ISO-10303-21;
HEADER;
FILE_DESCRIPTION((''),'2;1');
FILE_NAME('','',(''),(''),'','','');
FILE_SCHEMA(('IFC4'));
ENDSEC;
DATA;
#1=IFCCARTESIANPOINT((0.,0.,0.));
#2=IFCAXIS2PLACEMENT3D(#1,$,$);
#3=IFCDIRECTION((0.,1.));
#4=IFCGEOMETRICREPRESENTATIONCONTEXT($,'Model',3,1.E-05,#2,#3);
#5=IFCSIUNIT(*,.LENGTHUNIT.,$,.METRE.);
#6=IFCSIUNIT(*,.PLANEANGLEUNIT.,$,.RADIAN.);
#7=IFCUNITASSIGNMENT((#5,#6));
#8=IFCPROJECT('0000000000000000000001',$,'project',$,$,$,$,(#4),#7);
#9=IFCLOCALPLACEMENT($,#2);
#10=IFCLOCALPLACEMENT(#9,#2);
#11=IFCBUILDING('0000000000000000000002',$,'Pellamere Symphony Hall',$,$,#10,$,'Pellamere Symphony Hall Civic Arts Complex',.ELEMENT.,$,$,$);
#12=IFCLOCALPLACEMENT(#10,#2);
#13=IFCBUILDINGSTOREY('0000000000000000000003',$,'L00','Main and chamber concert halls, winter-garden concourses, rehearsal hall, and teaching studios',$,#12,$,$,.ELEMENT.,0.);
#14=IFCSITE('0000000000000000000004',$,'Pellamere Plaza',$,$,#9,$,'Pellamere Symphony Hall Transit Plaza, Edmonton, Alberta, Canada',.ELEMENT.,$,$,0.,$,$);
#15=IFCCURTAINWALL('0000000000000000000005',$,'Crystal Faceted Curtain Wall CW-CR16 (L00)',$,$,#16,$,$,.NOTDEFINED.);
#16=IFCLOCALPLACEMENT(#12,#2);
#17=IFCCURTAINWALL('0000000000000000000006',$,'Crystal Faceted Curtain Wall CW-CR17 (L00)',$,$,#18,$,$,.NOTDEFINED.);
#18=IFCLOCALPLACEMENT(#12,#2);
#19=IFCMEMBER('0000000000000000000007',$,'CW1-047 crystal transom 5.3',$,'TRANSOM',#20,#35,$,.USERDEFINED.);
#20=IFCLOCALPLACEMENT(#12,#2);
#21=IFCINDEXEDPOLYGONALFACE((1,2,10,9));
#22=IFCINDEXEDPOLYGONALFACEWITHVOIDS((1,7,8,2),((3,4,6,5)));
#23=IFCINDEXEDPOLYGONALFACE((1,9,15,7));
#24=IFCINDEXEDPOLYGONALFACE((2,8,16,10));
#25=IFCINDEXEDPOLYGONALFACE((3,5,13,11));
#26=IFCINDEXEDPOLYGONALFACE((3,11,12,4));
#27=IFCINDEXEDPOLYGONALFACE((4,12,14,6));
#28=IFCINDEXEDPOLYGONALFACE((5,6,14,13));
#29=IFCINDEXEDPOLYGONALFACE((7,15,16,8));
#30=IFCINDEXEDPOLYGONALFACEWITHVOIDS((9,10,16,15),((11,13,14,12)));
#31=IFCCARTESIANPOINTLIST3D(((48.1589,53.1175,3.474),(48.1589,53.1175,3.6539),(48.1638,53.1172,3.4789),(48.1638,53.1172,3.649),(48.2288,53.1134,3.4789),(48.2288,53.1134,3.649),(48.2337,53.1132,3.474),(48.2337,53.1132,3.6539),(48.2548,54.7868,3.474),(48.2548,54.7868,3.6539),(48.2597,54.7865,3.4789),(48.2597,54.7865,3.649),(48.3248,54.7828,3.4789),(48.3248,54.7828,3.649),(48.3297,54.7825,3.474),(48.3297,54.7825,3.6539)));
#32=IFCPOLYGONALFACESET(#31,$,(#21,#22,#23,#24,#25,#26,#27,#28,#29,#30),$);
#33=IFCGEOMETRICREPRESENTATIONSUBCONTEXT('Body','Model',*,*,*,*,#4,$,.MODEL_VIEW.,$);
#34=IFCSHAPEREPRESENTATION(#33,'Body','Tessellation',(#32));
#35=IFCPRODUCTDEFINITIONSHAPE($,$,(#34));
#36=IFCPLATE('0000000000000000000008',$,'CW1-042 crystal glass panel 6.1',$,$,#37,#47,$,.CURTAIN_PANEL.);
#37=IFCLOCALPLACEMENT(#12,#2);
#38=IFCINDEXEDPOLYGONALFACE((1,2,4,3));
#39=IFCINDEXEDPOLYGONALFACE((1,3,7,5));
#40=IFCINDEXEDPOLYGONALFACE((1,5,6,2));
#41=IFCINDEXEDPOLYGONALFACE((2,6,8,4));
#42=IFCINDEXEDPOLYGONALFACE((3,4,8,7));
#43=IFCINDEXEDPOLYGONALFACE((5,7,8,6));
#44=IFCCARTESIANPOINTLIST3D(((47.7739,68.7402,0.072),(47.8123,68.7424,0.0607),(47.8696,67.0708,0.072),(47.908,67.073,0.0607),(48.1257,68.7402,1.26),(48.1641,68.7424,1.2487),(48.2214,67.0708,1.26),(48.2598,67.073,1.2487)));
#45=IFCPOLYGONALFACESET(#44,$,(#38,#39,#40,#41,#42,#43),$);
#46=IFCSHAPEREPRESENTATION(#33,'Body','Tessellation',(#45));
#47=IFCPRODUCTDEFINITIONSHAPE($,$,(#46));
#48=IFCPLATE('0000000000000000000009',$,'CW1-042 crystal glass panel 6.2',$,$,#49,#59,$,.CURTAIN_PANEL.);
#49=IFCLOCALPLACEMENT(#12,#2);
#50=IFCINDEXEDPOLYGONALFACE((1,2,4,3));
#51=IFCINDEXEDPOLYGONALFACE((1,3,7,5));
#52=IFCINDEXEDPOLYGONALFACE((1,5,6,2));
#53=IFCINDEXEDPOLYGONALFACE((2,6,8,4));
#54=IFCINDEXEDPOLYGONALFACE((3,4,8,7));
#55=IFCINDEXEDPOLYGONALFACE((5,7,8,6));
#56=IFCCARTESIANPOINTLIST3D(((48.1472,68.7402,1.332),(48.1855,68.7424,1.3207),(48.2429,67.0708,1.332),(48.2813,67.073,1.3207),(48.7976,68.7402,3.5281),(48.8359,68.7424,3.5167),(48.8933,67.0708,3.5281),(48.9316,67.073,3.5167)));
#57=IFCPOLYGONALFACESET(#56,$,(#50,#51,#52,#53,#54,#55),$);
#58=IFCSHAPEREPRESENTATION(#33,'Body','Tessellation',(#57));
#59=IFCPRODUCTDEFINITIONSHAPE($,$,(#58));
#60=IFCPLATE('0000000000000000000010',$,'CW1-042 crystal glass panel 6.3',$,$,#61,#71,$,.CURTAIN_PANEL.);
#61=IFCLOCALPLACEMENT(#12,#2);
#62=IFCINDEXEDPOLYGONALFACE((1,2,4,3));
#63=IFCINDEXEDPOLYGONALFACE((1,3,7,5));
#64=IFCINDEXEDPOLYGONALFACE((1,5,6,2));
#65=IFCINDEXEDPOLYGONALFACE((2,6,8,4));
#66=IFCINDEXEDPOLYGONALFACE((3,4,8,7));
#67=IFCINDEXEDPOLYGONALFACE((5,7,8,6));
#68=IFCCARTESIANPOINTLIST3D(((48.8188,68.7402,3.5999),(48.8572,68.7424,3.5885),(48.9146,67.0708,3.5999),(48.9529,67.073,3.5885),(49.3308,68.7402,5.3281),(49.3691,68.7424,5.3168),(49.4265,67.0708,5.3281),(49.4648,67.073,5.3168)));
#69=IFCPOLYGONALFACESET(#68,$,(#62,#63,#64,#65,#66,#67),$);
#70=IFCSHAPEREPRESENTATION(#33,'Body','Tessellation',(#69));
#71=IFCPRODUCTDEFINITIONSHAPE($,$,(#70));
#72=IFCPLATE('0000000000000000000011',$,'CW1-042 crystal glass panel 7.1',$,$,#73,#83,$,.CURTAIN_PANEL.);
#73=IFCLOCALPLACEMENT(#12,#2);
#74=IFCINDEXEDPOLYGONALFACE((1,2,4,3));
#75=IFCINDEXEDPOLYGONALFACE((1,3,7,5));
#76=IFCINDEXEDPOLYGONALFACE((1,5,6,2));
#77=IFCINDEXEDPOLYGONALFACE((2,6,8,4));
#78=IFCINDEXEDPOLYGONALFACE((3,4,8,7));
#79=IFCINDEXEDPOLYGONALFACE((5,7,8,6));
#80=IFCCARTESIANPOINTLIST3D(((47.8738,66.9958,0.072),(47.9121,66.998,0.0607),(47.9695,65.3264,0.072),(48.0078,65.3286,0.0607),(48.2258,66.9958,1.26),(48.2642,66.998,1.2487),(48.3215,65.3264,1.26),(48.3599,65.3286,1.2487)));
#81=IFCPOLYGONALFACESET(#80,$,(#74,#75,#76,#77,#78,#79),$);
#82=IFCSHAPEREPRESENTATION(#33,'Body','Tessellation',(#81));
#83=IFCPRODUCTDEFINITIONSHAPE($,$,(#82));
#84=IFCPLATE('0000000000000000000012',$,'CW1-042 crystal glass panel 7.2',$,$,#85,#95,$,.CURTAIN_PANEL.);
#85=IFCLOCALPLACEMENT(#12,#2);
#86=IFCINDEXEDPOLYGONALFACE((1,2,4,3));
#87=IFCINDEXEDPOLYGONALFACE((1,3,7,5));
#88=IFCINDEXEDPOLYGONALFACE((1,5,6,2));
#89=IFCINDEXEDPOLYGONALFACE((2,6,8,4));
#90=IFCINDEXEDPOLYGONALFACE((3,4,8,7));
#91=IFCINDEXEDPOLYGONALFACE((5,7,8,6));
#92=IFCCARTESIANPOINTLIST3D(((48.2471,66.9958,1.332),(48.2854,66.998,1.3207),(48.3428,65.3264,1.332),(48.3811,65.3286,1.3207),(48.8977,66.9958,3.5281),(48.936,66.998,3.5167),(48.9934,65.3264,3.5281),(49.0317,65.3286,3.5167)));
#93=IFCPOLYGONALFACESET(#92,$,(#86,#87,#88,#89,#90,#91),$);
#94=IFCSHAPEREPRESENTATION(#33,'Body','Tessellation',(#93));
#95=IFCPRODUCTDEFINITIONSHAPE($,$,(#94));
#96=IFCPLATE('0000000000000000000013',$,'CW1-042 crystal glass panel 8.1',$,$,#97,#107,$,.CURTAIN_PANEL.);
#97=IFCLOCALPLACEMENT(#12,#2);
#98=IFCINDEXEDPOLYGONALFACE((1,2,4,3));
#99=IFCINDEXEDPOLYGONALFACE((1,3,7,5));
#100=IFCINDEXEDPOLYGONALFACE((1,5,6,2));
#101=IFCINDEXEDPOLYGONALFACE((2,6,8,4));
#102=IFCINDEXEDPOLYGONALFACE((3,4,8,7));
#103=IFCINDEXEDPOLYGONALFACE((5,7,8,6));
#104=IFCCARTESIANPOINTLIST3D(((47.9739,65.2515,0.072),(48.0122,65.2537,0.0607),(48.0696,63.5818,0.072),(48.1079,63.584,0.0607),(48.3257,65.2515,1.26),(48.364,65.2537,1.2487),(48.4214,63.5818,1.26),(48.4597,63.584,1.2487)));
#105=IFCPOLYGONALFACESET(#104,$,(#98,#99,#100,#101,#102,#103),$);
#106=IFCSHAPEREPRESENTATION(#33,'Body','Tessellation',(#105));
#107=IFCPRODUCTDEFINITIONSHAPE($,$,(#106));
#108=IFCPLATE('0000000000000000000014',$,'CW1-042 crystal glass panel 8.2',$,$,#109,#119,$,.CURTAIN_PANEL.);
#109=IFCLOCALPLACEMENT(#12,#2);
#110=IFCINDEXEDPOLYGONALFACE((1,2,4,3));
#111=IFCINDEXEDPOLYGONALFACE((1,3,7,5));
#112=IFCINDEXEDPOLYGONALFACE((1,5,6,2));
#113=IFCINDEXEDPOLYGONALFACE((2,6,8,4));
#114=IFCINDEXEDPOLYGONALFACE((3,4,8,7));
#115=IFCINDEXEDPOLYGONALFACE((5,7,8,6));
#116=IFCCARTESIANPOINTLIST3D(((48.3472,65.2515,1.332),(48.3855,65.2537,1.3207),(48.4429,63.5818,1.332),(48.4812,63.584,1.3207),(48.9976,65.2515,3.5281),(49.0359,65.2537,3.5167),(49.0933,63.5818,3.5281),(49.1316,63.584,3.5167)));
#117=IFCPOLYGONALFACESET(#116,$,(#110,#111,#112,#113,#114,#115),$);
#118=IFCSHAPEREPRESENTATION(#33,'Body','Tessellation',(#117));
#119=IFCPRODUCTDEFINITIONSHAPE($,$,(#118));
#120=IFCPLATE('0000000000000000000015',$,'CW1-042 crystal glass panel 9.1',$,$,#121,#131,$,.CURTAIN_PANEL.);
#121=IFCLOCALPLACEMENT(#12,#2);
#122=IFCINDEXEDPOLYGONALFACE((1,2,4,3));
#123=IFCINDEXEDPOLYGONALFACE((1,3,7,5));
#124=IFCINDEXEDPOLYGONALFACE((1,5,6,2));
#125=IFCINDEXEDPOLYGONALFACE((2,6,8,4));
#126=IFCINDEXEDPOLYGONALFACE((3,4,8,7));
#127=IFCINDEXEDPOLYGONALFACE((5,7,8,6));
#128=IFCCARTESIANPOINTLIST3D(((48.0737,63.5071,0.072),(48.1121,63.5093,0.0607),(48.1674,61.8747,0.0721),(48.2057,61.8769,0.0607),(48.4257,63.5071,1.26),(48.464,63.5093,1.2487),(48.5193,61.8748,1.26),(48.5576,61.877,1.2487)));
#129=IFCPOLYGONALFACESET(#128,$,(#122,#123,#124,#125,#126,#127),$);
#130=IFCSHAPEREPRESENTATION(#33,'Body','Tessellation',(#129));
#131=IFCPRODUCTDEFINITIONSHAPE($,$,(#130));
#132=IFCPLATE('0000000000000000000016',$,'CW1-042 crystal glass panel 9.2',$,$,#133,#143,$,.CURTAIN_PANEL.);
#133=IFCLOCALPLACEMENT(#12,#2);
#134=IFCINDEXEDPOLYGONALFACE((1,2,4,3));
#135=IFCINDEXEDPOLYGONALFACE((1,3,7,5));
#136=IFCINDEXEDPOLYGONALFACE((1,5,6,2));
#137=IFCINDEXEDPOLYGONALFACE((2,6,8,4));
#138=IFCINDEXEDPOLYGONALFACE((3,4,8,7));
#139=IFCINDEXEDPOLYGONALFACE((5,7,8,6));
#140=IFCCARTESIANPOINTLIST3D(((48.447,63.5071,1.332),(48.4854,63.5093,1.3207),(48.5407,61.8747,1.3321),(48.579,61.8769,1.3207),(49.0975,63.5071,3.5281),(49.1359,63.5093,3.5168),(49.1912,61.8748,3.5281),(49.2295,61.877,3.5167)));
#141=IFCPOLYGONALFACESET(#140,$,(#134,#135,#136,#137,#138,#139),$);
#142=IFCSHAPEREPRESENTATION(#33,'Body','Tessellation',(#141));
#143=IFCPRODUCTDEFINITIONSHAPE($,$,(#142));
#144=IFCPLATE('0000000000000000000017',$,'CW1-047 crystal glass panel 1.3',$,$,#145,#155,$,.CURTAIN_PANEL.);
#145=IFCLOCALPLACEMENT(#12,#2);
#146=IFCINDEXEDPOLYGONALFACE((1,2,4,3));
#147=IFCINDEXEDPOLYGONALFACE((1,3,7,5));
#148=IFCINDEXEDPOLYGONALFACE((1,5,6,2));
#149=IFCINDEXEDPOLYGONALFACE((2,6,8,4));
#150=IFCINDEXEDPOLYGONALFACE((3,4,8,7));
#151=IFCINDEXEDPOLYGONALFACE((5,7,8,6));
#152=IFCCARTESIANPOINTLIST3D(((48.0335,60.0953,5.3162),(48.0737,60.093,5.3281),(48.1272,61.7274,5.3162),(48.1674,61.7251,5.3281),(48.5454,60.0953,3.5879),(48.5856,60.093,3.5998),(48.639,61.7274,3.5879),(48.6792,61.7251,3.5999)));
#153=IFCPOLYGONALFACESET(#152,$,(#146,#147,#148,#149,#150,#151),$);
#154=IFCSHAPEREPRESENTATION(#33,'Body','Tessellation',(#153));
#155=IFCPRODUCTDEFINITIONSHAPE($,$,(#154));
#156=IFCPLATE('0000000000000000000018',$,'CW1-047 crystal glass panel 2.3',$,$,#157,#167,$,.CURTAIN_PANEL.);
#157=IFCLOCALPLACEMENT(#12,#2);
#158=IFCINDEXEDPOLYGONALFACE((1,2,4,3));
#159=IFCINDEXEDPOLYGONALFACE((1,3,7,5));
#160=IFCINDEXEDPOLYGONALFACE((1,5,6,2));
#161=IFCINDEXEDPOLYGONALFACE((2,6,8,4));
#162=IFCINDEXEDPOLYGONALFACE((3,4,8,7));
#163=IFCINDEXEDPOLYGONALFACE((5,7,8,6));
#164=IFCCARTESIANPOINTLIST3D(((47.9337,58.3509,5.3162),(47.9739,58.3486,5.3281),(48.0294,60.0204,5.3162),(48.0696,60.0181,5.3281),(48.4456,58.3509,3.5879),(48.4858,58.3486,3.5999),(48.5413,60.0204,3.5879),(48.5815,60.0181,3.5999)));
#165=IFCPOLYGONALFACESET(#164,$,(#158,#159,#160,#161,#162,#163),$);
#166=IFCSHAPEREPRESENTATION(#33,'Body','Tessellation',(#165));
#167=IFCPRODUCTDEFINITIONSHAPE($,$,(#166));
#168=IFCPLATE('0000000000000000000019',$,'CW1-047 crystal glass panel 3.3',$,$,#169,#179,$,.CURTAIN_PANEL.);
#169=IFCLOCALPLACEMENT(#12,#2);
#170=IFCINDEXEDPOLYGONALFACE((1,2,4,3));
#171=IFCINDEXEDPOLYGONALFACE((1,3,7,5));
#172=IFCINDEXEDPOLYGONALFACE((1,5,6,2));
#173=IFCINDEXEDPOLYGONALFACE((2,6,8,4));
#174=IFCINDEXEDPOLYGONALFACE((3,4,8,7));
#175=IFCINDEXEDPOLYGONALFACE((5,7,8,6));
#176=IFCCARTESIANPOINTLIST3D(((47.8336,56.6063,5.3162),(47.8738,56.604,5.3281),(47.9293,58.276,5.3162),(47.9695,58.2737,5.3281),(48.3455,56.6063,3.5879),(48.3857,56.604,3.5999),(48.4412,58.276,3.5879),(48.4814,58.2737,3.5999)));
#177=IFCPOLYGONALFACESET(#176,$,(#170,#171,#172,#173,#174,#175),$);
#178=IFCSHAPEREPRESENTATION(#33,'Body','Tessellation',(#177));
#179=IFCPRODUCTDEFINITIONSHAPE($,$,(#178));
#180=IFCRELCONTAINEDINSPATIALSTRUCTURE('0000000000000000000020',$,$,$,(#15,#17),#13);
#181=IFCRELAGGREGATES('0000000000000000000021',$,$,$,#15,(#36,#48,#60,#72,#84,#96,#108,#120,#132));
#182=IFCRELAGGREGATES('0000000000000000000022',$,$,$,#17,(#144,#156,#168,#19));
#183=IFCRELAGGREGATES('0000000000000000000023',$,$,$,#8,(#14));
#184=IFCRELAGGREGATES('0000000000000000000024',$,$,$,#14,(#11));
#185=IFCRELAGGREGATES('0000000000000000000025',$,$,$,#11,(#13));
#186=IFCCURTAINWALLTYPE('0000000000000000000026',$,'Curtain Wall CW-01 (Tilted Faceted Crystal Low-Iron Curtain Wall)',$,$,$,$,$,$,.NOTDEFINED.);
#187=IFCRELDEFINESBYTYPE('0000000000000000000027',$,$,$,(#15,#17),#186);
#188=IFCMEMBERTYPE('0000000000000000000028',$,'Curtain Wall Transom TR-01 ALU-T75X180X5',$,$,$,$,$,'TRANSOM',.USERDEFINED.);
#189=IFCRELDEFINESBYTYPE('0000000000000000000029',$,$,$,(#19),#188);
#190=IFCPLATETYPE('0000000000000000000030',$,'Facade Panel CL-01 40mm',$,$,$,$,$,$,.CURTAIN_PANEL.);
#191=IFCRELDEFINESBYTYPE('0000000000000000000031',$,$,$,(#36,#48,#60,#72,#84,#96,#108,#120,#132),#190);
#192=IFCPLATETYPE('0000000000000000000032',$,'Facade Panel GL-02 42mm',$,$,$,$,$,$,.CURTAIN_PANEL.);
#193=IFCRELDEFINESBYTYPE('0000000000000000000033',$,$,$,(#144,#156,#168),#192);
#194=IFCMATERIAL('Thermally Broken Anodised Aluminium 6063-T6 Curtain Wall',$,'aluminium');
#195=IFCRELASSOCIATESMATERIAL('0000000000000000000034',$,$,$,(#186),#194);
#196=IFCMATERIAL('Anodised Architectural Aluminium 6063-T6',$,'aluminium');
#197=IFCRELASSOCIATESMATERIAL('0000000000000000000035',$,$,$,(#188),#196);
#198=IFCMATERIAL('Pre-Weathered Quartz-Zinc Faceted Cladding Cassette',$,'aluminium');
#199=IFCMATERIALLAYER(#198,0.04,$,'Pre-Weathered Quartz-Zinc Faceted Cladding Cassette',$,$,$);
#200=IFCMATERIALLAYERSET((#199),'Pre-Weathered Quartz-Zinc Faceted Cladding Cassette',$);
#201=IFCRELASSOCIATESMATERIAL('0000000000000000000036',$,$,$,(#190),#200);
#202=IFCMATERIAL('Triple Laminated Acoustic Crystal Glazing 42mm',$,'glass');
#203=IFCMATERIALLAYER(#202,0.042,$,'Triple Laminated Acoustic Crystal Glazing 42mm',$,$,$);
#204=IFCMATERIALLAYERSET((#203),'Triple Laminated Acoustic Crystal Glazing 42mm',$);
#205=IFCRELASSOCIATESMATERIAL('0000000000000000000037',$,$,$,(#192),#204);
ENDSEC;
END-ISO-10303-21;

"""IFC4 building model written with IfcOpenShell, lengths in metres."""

from ifc_helpers import new_model, si_unit, direction, frame, origin, origin_2d, place, context, subcontext, project, spatial, polyline, hollow_rectangle, outline, extrude, material, layer, layer_set, material_profile, profile_set, type_object, element, aggregate, save


model = new_model("IFC4")

# Units and contexts
model_context = context("Model", 3, precision=1e-05, world=origin(), true_north=direction((0.0, 1.0)))
body_context = subcontext(model_context, "Body", "Model", "MODEL_VIEW")
ifc_project = project(units=[si_unit("LENGTHUNIT", "METRE"), si_unit("PLANEANGLEUNIT", "RADIAN")], contexts=[model_context])

# Site, building, storey
site_placement = place(None, origin())
site = spatial("IfcSite", under=ifc_project, at=site_placement, Name="Pellamere Plaza", LongName="Pellamere Symphony Hall Transit Plaza, Edmonton, Alberta, Canada", CompositionType="ELEMENT", RefElevation=0.0)
building_placement = place(site_placement, origin())
building = spatial("IfcBuilding", under=site, at=building_placement, Name="Pellamere Symphony Hall", LongName="Pellamere Symphony Hall Civic Arts Complex", CompositionType="ELEMENT")
storey_placement = place(building_placement, origin())
storey = spatial("IfcBuildingStorey", under=building, at=storey_placement, Name="L00", Description="Main and chamber concert halls, winter-garden concourses, rehearsal hall, and teaching studios", CompositionType="ELEMENT", Elevation=0.0)

# Curtain walls, member
ifc_material_1 = material(Name="Thermally Broken Anodised Aluminium 6063-T6 Curtain Wall", Category="aluminium")
curtain_wall_type = type_object("IfcCurtainWallType", Name="Curtain Wall CW-01 (Tilted Faceted Crystal Low-Iron Curtain Wall)", PredefinedType="NOTDEFINED", material=ifc_material_1)
curtain_wall_1_placement = place(storey_placement, origin())
curtain_wall_1 = element("IfcCurtainWall", 1, at=curtain_wall_1_placement, inside=storey, type_object=curtain_wall_type, Name="Crystal Faceted Curtain Wall CW-CR16 (L00)", PredefinedType="NOTDEFINED")
ifc_material_2 = material(Name="Anodised Architectural Aluminium 6063-T6", Category="aluminium")
ifc_material_profile_1 = material_profile(ifc_material_2, hollow_rectangle(XDim=0.075, YDim=0.1799, WallThickness=0.0049, at=origin_2d()), Name="ALU-T75X180X5")
ifc_profile_set_1 = profile_set([ifc_material_profile_1], Name="Anodised Architectural Aluminium 6063-T6")
member_type_1 = type_object("IfcMemberType", Name="Curtain Wall Transom TR-01 ALU-T75X180X5", ElementType="TRANSOM", PredefinedType="USERDEFINED", material=ifc_profile_set_1)
curtain_wall_2_placement = place(storey_placement, origin())
curtain_wall_2 = element("IfcCurtainWall", 2, at=curtain_wall_2_placement, inside=storey, type_object=curtain_wall_type, Name="Crystal Faceted Curtain Wall CW-CR17 (L00)", PredefinedType="NOTDEFINED")
member_1_placement = place(storey_placement, frame((48.2922, 54.7847, 3.564), z_axis=(-0.057378, -0.998353, 0.0), x_axis=(0.998353, -0.057378, 0.0)))
member_1 = element("IfcMember", 3, at=member_1_placement, type_object=member_type_1, Name="CW1-047 crystal transom 5.3", ObjectType="TRANSOM", PredefinedType="USERDEFINED", context=body_context, shape_type="SweptSolid", body=[
    extrude(hollow_rectangle(XDim=0.075, YDim=0.1799, WallThickness=0.0049, at=origin_2d()), origin(), (0.0, 0.0, 1.0), 1.6721),
])

# Plates
ifc_material_3 = material(Name="Pre-Weathered Quartz-Zinc Faceted Cladding Cassette", Category="aluminium")
ifc_layer_1 = layer(ifc_material_3, 0.04, Name="Pre-Weathered Quartz-Zinc Faceted Cladding Cassette")
ifc_layer_set_1 = layer_set([ifc_layer_1], Name="Pre-Weathered Quartz-Zinc Faceted Cladding Cassette")
plate_type_1 = type_object("IfcPlateType", Name="Facade Panel CL-01 40mm", PredefinedType="CURTAIN_PANEL", material=ifc_layer_set_1)
plate_1_placement = place(storey_placement, frame((47.7739, 68.7402, 0.072), z_axis=(-0.957395, -0.054884, 0.283519), x_axis=(0.057233, -0.998361, 0.0)))
plate_1 = element("IfcPlate", 4, at=plate_1_placement, type_object=plate_type_1, Name="CW1-042 crystal glass panel 6.1", PredefinedType="CURTAIN_PANEL", context=body_context, shape_type="SweptSolid", body=[
    extrude(outline(polyline([(0.0, 0.0), (1.6722, 0.0), (1.6923, 1.2388), (0.0201, 1.2388), (0.0, 0.0)])), origin(), (0.0, 0.0, -1.0), 0.04),
])
plate_2_placement = place(storey_placement, frame((48.1472, 68.7402, 1.332), z_axis=(-0.957387, -0.054884, 0.283544), x_axis=(0.057233, -0.998361, 0.0)))
plate_2 = element("IfcPlate", 5, at=plate_2_placement, type_object=plate_type_1, Name="CW1-042 crystal glass panel 6.2", PredefinedType="CURTAIN_PANEL", context=body_context, shape_type="SweptSolid", body=[
    extrude(outline(polyline([(0.0, 0.0), (1.6722, 0.0), (1.7094, 2.29), (0.0372, 2.29), (0.0, 0.0)])), origin(), (0.0, 0.0, -1.0), 0.04),
])
plate_3_placement = place(storey_placement, frame((48.8188, 68.7402, 3.5999), z_axis=(-0.957371, -0.054883, 0.2836), x_axis=(0.057233, -0.998361, 0.0)))
plate_3 = element("IfcPlate", 6, at=plate_3_placement, type_object=plate_type_1, Name="CW1-042 crystal glass panel 6.3", PredefinedType="CURTAIN_PANEL", context=body_context, shape_type="SweptSolid", body=[
    extrude(outline(polyline([(0.0, 0.0), (1.6722, 0.0), (1.7015, 1.8023), (0.0293, 1.8023), (0.0, 0.0)])), origin(), (0.0, 0.0, -1.0), 0.04),
])
plate_4_placement = place(storey_placement, frame((47.8738, 66.9958, 0.072), z_axis=(-0.957341, -0.054881, 0.2837), x_axis=(0.057233, -0.998361, 0.0)))
plate_4 = element("IfcPlate", 7, at=plate_4_placement, type_object=plate_type_1, Name="CW1-042 crystal glass panel 7.1", PredefinedType="CURTAIN_PANEL", context=body_context, shape_type="SweptSolid", body=[
    extrude(outline(polyline([(0.0, 0.0), (1.6722, 0.0), (1.6923, 1.2389), (0.0201, 1.2389), (0.0, 0.0)])), origin(), (0.0, 0.0, -1.0), 0.04),
])
plate_5_placement = place(storey_placement, frame((48.2471, 66.9958, 1.332), z_axis=(-0.957358, -0.054882, 0.283642), x_axis=(0.057233, -0.998361, 0.0)))
plate_5 = element("IfcPlate", 8, at=plate_5_placement, type_object=plate_type_1, Name="CW1-042 crystal glass panel 7.2", PredefinedType="CURTAIN_PANEL", context=body_context, shape_type="SweptSolid", body=[
    extrude(outline(polyline([(0.0, 0.0), (1.6722, 0.0), (1.7094, 2.2901), (0.0372, 2.2901), (0.0, 0.0)])), origin(), (0.0, 0.0, -1.0), 0.04),
])
plate_6_placement = place(storey_placement, frame((47.9739, 65.2515, 0.072), z_axis=(-0.957395, -0.054876, 0.28352), x_axis=(0.057224, -0.998361, 0.0)))
plate_6 = element("IfcPlate", 9, at=plate_6_placement, type_object=plate_type_1, Name="CW1-042 crystal glass panel 8.1", PredefinedType="CURTAIN_PANEL", context=body_context, shape_type="SweptSolid", body=[
    extrude(outline(polyline([(0.0, 0.0), (1.6724, 0.0), (1.6926, 1.2388), (0.0201, 1.2388), (0.0, 0.0)])), origin(), (0.0, 0.0, -1.0), 0.04),
])
plate_7_placement = place(storey_placement, frame((48.3472, 65.2515, 1.332), z_axis=(-0.957388, -0.054876, 0.283544), x_axis=(0.057224, -0.998361, 0.0)))
plate_7 = element("IfcPlate", 10, at=plate_7_placement, type_object=plate_type_1, Name="CW1-042 crystal glass panel 8.2", PredefinedType="CURTAIN_PANEL", context=body_context, shape_type="SweptSolid", body=[
    extrude(outline(polyline([(0.0, 0.0), (1.6724, 0.0), (1.7096, 2.29), (0.0372, 2.29), (0.0, 0.0)])), origin(), (0.0, 0.0, -1.0), 0.04),
])
plate_8_placement = place(storey_placement, frame((48.0737, 63.5071, 0.072), z_axis=(-0.957366, -0.054913, 0.283609), x_axis=(0.057271, -0.998359, 0.00002)))
plate_8 = element("IfcPlate", 11, at=plate_8_placement, type_object=plate_type_1, Name="CW1-042 crystal glass panel 9.1", PredefinedType="CURTAIN_PANEL", context=body_context, shape_type="SweptSolid", body=[
    extrude(outline(polyline([(0.0, 0.0), (1.635, 0.0), (1.6552, 1.2388), (0.0202, 1.2389), (0.0, 0.0)])), origin(), (0.0, 0.0, -1.0), 0.04),
])
plate_9_placement = place(storey_placement, frame((48.447, 63.5071, 1.332), z_axis=(-0.957371, -0.054914, 0.283593), x_axis=(0.057271, -0.998359, 0.00002)))
plate_9 = element("IfcPlate", 12, at=plate_9_placement, type_object=plate_type_1, Name="CW1-042 crystal glass panel 9.2", PredefinedType="CURTAIN_PANEL", context=body_context, shape_type="SweptSolid", body=[
    extrude(outline(polyline([(0.0, 0.0), (1.635, 0.0), (1.6723, 2.29), (0.0373, 2.2901), (0.0, 0.0)])), origin(), (0.0, 0.0, -1.0), 0.04),
])
aggregate(curtain_wall_1, [plate_1, plate_2, plate_3, plate_4, plate_5, plate_6, plate_7, plate_8, plate_9])
ifc_material_4 = material(Name="Triple Laminated Acoustic Crystal Glazing 42mm", Category="glass")
ifc_layer_2 = layer(ifc_material_4, 0.042, Name="Triple Laminated Acoustic Crystal Glazing 42mm")
ifc_layer_set_2 = layer_set([ifc_layer_2], Name="Triple Laminated Acoustic Crystal Glazing 42mm")
plate_type_2 = type_object("IfcPlateType", Name="Facade Panel GL-02 42mm", PredefinedType="CURTAIN_PANEL", material=ifc_layer_set_2)
plate_10_placement = place(storey_placement, frame((48.6792, 61.7251, 3.5999), z_axis=(0.957387, -0.054923, 0.283538), x_axis=(-0.057267, -0.998359, -0.00002)))
plate_10 = element("IfcPlate", 13, at=plate_10_placement, type_object=plate_type_2, Name="CW1-047 crystal glass panel 1.3", PredefinedType="CURTAIN_PANEL", context=body_context, shape_type="SweptSolid", body=[
    extrude(outline(polyline([(0.0, 0.0), (1.6348, 0.0), (1.664, -1.8023), (0.0293, -1.8022), (0.0, 0.0)])), origin(), (0.0, 0.0, -1.0), 0.042),
])
plate_11_placement = place(storey_placement, frame((48.5815, 60.0181, 3.5999), z_axis=(0.957371, -0.054883, 0.2836), x_axis=(-0.057233, -0.998361, 0.0)))
plate_11 = element("IfcPlate", 14, at=plate_11_placement, type_object=plate_type_2, Name="CW1-047 crystal glass panel 2.3", PredefinedType="CURTAIN_PANEL", context=body_context, shape_type="SweptSolid", body=[
    extrude(outline(polyline([(0.0, 0.0), (1.6722, 0.0), (1.7015, -1.8023), (0.0293, -1.8023), (0.0, 0.0)])), origin(), (0.0, 0.0, -1.0), 0.042),
])
plate_12_placement = place(storey_placement, frame((48.4814, 58.2737, 3.5999), z_axis=(0.957371, -0.054875, 0.2836), x_axis=(-0.057224, -0.998361, 0.0)))
plate_12 = element("IfcPlate", 15, at=plate_12_placement, type_object=plate_type_2, Name="CW1-047 crystal glass panel 3.3", PredefinedType="CURTAIN_PANEL", context=body_context, shape_type="SweptSolid", body=[
    extrude(outline(polyline([(0.0, 0.0), (1.6724, 0.0), (1.7017, -1.8023), (0.0293, -1.8023), (0.0, 0.0)])), origin(), (0.0, 0.0, -1.0), 0.042),
])
aggregate(curtain_wall_2, [plate_10, plate_11, plate_12, member_1])

save(model, "model.ifc")
